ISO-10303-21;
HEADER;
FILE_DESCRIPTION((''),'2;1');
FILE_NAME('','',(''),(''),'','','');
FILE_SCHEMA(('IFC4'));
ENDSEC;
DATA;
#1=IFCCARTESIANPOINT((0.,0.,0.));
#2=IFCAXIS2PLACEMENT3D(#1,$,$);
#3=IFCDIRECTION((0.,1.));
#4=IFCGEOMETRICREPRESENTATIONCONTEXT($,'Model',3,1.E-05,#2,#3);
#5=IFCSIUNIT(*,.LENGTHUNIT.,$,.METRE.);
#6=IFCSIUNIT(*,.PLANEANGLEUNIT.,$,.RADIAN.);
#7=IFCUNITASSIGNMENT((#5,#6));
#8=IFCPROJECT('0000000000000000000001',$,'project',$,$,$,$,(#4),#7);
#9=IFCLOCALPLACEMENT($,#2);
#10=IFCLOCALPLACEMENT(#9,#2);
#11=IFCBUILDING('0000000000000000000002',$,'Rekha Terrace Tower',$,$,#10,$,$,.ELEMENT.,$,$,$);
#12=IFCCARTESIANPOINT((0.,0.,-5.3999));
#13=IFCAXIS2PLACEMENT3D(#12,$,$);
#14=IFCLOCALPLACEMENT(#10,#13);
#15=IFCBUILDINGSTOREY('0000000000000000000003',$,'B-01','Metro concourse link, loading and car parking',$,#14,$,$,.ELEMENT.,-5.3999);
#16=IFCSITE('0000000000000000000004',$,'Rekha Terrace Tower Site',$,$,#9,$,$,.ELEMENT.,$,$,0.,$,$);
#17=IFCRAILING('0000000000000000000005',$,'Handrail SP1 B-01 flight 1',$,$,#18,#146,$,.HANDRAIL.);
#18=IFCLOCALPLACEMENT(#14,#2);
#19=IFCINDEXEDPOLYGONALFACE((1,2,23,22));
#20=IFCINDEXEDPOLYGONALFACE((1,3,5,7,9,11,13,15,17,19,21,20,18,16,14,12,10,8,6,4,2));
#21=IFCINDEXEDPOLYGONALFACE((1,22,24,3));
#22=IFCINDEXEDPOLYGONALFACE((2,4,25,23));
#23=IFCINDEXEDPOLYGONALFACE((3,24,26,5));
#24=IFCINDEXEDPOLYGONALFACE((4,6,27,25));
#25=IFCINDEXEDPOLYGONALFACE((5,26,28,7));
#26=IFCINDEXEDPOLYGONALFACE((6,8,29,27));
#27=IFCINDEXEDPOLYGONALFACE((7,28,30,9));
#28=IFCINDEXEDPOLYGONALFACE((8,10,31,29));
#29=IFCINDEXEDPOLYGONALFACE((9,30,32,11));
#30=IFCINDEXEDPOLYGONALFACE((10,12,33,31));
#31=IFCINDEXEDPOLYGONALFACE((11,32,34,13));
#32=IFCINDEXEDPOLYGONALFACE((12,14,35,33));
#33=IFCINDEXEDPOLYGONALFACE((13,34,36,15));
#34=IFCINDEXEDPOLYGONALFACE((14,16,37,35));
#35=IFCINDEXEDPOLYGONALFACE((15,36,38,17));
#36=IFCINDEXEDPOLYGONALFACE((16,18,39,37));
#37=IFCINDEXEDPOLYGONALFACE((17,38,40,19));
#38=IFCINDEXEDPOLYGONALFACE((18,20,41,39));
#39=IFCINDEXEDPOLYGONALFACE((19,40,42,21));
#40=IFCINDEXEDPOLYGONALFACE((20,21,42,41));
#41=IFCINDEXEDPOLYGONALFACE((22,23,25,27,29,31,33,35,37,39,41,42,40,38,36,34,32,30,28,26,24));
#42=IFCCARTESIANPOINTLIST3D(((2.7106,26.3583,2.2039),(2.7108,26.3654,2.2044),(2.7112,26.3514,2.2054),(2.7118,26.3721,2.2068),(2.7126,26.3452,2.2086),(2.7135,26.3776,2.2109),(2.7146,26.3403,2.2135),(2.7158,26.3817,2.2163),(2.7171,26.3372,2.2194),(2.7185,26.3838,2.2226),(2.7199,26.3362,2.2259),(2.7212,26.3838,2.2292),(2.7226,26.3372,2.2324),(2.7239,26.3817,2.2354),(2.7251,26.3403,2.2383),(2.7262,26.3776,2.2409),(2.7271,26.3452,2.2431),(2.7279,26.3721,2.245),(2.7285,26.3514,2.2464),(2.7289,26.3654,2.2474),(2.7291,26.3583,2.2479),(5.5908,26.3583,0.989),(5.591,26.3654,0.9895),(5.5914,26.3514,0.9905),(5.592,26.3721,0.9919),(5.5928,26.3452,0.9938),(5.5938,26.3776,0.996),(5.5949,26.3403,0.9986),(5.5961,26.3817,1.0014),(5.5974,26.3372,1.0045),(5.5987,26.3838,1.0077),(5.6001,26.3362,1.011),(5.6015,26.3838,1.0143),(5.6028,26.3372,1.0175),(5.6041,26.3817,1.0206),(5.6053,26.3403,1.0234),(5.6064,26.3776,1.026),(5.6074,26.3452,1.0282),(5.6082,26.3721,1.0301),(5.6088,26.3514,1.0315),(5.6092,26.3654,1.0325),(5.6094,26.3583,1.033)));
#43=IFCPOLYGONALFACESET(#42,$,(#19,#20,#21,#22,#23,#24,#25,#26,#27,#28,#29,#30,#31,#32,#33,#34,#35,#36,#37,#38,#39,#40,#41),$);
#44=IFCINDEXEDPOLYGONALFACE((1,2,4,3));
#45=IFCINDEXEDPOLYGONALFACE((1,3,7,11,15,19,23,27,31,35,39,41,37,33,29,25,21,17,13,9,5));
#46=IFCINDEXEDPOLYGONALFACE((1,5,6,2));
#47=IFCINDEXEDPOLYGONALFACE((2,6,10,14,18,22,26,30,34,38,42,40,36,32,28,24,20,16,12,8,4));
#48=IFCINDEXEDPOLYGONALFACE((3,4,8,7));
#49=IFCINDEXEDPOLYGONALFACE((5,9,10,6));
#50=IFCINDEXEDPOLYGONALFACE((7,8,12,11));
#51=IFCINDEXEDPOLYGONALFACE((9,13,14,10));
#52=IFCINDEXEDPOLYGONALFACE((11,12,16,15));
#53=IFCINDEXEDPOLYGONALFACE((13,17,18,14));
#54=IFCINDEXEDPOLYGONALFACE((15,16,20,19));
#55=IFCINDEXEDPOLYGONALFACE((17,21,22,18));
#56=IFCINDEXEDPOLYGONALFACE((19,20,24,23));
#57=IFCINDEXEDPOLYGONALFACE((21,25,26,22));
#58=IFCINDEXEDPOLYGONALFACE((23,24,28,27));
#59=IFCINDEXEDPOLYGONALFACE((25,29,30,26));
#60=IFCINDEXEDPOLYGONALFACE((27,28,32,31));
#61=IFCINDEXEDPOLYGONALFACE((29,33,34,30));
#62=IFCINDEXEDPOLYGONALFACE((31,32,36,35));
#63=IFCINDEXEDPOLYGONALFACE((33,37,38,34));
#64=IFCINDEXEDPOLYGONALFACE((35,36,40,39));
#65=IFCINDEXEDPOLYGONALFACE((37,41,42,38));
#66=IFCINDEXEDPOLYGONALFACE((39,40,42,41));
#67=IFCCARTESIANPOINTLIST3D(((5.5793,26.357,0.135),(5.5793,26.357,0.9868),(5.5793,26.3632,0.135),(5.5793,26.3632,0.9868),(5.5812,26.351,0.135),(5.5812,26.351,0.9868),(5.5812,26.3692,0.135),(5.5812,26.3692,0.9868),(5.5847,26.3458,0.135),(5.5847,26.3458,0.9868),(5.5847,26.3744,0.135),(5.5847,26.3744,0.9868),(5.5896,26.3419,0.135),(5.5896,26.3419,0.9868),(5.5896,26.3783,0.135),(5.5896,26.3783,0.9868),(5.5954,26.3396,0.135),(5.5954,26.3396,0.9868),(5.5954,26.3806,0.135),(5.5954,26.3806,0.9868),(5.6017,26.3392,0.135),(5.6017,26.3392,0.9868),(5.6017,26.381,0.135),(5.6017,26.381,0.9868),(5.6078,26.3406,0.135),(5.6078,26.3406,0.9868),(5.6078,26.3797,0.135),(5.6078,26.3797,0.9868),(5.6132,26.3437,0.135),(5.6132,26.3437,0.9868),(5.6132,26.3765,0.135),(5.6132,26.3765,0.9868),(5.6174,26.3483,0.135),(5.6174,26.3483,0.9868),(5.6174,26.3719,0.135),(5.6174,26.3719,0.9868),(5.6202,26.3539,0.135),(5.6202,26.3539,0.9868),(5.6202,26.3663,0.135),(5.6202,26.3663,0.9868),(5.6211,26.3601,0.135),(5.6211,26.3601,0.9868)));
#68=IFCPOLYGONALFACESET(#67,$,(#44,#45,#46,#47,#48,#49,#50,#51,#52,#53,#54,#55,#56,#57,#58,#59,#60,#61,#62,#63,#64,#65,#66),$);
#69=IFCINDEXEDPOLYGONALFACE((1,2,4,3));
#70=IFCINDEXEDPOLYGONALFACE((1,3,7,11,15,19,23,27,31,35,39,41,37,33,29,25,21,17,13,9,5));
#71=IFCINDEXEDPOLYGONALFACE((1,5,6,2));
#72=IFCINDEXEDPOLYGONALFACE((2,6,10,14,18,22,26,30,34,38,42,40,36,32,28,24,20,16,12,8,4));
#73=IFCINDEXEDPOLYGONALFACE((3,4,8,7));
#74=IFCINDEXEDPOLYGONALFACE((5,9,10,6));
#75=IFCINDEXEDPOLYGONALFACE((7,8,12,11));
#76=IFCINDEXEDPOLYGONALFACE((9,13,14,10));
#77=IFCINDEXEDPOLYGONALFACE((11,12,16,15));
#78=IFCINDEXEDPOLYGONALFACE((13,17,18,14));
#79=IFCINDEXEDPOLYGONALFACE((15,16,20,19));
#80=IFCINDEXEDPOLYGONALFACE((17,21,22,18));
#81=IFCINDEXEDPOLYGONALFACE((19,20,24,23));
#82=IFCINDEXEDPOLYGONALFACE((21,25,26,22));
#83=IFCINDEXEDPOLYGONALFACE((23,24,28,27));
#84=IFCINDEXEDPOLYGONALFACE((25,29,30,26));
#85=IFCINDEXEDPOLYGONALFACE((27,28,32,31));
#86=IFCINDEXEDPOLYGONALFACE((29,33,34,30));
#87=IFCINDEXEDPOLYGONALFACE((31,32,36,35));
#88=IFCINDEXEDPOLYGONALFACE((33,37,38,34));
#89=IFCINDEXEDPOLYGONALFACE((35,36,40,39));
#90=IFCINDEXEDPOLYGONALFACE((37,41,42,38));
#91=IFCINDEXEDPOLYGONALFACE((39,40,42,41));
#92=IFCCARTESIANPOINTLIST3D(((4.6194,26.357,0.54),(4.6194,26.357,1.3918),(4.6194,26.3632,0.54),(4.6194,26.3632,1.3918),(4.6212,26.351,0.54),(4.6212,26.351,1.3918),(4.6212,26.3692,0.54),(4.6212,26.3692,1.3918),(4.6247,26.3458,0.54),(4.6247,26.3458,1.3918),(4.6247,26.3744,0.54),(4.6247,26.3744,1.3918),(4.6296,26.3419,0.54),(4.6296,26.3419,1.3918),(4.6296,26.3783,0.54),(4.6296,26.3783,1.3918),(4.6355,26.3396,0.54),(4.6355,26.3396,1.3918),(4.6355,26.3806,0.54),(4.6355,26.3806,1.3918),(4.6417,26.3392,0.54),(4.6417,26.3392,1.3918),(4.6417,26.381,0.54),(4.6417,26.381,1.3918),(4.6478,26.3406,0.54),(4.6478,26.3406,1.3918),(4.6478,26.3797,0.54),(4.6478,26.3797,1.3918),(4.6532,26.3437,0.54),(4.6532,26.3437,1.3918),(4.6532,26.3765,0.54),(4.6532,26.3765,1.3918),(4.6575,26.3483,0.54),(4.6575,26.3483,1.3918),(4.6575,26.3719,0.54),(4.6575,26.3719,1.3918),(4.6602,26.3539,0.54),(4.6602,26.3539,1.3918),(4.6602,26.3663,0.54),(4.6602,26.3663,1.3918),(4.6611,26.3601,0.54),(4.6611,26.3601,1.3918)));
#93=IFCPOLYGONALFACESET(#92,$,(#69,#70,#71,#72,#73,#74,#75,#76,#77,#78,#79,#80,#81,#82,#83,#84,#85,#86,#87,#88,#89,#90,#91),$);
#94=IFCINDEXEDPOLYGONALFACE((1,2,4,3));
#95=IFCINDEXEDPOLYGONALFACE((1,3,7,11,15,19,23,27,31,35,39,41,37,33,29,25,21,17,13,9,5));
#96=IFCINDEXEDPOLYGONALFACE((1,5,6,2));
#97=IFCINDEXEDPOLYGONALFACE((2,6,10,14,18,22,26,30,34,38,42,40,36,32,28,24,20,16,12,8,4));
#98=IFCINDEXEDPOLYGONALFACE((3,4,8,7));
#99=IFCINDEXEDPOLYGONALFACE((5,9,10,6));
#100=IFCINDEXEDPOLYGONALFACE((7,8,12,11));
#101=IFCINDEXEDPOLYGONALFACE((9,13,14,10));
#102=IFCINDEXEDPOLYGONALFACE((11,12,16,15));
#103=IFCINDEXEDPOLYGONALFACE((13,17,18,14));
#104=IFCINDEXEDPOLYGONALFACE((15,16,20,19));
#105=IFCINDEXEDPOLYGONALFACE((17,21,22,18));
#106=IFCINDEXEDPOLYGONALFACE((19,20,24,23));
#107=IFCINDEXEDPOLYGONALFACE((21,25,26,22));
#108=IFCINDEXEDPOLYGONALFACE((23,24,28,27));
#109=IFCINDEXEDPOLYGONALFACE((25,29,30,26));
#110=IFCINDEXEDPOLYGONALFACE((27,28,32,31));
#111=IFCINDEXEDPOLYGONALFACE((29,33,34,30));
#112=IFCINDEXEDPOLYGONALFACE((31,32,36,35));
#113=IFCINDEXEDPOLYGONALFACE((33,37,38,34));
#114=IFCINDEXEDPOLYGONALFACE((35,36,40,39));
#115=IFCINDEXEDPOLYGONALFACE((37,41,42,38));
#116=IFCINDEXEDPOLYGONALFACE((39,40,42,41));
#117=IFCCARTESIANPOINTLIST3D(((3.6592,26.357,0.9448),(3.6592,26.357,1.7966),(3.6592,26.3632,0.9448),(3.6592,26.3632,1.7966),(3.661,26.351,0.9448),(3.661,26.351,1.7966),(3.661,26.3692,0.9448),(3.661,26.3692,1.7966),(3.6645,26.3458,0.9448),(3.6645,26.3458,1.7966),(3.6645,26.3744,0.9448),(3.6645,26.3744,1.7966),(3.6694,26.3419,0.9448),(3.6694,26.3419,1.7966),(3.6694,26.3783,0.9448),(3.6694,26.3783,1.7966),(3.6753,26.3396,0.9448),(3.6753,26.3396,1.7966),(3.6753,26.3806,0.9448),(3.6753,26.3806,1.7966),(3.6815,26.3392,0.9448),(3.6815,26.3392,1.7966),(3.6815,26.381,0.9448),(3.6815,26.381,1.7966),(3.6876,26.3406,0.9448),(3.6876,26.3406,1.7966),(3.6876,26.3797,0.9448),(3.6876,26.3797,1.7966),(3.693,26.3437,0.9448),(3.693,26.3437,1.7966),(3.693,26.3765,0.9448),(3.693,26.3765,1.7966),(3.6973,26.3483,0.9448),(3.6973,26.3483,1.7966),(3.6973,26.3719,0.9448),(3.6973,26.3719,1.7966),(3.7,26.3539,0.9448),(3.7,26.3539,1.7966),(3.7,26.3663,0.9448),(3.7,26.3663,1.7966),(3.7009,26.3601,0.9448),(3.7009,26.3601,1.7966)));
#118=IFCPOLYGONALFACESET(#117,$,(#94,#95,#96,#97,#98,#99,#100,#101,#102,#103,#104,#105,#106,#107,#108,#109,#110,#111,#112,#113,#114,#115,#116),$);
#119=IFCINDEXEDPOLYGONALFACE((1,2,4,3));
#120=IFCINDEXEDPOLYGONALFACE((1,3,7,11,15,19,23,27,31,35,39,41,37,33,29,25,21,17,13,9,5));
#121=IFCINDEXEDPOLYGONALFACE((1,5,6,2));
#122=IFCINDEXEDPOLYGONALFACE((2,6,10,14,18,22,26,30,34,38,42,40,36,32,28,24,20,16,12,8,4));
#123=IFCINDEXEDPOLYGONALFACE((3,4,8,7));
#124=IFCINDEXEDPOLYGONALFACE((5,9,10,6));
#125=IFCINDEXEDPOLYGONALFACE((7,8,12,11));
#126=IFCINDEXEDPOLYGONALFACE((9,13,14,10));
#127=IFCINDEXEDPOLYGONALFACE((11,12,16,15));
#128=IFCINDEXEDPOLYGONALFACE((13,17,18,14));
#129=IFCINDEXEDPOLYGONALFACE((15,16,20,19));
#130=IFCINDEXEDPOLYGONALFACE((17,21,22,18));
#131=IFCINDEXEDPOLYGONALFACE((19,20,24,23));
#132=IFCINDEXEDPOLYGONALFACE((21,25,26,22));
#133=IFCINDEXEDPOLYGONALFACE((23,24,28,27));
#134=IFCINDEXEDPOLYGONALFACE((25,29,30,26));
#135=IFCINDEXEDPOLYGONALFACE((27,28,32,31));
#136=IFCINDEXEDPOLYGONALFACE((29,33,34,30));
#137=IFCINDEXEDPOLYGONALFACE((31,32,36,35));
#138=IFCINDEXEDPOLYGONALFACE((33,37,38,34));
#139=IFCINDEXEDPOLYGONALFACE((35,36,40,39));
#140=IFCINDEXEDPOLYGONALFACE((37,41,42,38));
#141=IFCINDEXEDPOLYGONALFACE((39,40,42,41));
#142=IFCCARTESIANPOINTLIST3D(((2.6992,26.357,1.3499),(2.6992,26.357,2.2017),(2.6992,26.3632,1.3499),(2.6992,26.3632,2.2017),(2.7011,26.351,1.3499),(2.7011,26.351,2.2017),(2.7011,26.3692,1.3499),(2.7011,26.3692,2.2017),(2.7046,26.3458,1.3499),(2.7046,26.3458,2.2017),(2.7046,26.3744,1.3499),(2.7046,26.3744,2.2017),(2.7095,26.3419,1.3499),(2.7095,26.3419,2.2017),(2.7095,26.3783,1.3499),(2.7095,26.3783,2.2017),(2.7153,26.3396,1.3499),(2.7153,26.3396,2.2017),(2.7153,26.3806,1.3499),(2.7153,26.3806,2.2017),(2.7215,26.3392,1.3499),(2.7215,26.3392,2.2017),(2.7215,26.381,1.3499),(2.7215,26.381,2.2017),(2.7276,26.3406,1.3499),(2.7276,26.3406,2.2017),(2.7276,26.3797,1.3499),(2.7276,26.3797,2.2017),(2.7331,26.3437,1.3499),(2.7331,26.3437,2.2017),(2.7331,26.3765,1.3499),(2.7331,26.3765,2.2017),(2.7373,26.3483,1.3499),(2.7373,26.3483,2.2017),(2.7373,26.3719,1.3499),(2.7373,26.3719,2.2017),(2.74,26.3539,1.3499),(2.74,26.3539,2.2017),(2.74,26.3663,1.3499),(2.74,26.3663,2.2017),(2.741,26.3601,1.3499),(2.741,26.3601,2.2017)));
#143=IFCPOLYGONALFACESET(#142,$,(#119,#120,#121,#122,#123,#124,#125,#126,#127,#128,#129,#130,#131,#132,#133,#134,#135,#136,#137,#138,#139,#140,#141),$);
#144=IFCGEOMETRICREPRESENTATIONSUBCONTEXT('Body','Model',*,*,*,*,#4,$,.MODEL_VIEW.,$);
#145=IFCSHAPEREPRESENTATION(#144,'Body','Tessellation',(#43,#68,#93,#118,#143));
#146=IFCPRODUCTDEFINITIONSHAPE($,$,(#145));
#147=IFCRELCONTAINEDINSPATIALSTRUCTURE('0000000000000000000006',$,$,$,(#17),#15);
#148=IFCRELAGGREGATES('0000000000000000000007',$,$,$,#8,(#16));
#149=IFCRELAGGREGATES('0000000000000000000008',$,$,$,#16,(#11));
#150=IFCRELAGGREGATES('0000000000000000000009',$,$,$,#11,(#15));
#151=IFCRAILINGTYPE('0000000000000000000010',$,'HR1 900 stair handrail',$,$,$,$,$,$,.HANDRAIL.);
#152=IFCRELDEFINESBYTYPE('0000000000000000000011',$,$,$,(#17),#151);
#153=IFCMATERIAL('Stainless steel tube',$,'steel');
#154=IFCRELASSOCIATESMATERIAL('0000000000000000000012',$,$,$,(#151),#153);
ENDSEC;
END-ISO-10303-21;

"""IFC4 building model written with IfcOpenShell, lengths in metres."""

from ifc_helpers import new_model, si_unit, direction, frame, origin, origin_2d, place, context, subcontext, project, spatial, circle, extrude, material, type_object, element, save


model = new_model("IFC4")

# Units and contexts
model_context = context("Model", 3, precision=1e-05, world=origin(), true_north=direction((0.0, 1.0)))
body_context = subcontext(model_context, "Body", "Model", "MODEL_VIEW")
ifc_project = project(units=[si_unit("LENGTHUNIT", "METRE"), si_unit("PLANEANGLEUNIT", "RADIAN")], contexts=[model_context])

# Site, building, storey
site_placement = place(None, origin())
site = spatial("IfcSite", under=ifc_project, at=site_placement, Name="Rekha Terrace Tower Site", CompositionType="ELEMENT", RefElevation=0.0)
building_placement = place(site_placement, origin())
building = spatial("IfcBuilding", under=site, at=building_placement, Name="Rekha Terrace Tower", CompositionType="ELEMENT")
storey_placement = place(building_placement, frame((0.0, 0.0, -5.3999)))
storey = spatial("IfcBuildingStorey", under=building, at=storey_placement, Name="B-01", Description="Metro concourse link, loading and car parking", CompositionType="ELEMENT", Elevation=-5.3999)

# Railing
ifc_material_1 = material(Name="Stainless steel tube", Category="steel")
railing_type_1 = type_object("IfcRailingType", Name="HR1 900 stair handrail", PredefinedType="HANDRAIL", material=ifc_material_1)
railing_1_placement = place(storey_placement, frame((5.6001, 26.3601, 0.135)))
element("IfcRailing", 1, at=railing_1_placement, inside=storey, type_object=railing_type_1, Name="Handrail SP1 B-01 flight 1", PredefinedType="HANDRAIL", context=body_context, shape_type="SweptSolid", body=[
    extrude(circle(Radius=0.0239, at=origin_2d()), frame((0.0, 0.0, 0.876), z_axis=(-0.921388, 0.0, 0.388644), x_axis=(0.0, -1.0, 0.0)), (0.0, 0.0, 1.0), 3.126),
    extrude(circle(Radius=0.021, at=origin_2d()), origin(), (0.0, 0.0, 1.0), 0.8518),
    extrude(circle(Radius=0.021, at=origin_2d()), frame((-0.96, 0.0, 0.405)), (0.0, 0.0, 1.0), 0.8518),
    extrude(circle(Radius=0.021, at=origin_2d()), frame((-1.9202, 0.0, 0.8098)), (0.0, 0.0, 1.0), 0.8518),
    extrude(circle(Radius=0.021, at=origin_2d()), frame((-2.8801, 0.0, 1.2148)), (0.0, 0.0, 1.0), 0.8518),
])

save(model, "model.ifc")
